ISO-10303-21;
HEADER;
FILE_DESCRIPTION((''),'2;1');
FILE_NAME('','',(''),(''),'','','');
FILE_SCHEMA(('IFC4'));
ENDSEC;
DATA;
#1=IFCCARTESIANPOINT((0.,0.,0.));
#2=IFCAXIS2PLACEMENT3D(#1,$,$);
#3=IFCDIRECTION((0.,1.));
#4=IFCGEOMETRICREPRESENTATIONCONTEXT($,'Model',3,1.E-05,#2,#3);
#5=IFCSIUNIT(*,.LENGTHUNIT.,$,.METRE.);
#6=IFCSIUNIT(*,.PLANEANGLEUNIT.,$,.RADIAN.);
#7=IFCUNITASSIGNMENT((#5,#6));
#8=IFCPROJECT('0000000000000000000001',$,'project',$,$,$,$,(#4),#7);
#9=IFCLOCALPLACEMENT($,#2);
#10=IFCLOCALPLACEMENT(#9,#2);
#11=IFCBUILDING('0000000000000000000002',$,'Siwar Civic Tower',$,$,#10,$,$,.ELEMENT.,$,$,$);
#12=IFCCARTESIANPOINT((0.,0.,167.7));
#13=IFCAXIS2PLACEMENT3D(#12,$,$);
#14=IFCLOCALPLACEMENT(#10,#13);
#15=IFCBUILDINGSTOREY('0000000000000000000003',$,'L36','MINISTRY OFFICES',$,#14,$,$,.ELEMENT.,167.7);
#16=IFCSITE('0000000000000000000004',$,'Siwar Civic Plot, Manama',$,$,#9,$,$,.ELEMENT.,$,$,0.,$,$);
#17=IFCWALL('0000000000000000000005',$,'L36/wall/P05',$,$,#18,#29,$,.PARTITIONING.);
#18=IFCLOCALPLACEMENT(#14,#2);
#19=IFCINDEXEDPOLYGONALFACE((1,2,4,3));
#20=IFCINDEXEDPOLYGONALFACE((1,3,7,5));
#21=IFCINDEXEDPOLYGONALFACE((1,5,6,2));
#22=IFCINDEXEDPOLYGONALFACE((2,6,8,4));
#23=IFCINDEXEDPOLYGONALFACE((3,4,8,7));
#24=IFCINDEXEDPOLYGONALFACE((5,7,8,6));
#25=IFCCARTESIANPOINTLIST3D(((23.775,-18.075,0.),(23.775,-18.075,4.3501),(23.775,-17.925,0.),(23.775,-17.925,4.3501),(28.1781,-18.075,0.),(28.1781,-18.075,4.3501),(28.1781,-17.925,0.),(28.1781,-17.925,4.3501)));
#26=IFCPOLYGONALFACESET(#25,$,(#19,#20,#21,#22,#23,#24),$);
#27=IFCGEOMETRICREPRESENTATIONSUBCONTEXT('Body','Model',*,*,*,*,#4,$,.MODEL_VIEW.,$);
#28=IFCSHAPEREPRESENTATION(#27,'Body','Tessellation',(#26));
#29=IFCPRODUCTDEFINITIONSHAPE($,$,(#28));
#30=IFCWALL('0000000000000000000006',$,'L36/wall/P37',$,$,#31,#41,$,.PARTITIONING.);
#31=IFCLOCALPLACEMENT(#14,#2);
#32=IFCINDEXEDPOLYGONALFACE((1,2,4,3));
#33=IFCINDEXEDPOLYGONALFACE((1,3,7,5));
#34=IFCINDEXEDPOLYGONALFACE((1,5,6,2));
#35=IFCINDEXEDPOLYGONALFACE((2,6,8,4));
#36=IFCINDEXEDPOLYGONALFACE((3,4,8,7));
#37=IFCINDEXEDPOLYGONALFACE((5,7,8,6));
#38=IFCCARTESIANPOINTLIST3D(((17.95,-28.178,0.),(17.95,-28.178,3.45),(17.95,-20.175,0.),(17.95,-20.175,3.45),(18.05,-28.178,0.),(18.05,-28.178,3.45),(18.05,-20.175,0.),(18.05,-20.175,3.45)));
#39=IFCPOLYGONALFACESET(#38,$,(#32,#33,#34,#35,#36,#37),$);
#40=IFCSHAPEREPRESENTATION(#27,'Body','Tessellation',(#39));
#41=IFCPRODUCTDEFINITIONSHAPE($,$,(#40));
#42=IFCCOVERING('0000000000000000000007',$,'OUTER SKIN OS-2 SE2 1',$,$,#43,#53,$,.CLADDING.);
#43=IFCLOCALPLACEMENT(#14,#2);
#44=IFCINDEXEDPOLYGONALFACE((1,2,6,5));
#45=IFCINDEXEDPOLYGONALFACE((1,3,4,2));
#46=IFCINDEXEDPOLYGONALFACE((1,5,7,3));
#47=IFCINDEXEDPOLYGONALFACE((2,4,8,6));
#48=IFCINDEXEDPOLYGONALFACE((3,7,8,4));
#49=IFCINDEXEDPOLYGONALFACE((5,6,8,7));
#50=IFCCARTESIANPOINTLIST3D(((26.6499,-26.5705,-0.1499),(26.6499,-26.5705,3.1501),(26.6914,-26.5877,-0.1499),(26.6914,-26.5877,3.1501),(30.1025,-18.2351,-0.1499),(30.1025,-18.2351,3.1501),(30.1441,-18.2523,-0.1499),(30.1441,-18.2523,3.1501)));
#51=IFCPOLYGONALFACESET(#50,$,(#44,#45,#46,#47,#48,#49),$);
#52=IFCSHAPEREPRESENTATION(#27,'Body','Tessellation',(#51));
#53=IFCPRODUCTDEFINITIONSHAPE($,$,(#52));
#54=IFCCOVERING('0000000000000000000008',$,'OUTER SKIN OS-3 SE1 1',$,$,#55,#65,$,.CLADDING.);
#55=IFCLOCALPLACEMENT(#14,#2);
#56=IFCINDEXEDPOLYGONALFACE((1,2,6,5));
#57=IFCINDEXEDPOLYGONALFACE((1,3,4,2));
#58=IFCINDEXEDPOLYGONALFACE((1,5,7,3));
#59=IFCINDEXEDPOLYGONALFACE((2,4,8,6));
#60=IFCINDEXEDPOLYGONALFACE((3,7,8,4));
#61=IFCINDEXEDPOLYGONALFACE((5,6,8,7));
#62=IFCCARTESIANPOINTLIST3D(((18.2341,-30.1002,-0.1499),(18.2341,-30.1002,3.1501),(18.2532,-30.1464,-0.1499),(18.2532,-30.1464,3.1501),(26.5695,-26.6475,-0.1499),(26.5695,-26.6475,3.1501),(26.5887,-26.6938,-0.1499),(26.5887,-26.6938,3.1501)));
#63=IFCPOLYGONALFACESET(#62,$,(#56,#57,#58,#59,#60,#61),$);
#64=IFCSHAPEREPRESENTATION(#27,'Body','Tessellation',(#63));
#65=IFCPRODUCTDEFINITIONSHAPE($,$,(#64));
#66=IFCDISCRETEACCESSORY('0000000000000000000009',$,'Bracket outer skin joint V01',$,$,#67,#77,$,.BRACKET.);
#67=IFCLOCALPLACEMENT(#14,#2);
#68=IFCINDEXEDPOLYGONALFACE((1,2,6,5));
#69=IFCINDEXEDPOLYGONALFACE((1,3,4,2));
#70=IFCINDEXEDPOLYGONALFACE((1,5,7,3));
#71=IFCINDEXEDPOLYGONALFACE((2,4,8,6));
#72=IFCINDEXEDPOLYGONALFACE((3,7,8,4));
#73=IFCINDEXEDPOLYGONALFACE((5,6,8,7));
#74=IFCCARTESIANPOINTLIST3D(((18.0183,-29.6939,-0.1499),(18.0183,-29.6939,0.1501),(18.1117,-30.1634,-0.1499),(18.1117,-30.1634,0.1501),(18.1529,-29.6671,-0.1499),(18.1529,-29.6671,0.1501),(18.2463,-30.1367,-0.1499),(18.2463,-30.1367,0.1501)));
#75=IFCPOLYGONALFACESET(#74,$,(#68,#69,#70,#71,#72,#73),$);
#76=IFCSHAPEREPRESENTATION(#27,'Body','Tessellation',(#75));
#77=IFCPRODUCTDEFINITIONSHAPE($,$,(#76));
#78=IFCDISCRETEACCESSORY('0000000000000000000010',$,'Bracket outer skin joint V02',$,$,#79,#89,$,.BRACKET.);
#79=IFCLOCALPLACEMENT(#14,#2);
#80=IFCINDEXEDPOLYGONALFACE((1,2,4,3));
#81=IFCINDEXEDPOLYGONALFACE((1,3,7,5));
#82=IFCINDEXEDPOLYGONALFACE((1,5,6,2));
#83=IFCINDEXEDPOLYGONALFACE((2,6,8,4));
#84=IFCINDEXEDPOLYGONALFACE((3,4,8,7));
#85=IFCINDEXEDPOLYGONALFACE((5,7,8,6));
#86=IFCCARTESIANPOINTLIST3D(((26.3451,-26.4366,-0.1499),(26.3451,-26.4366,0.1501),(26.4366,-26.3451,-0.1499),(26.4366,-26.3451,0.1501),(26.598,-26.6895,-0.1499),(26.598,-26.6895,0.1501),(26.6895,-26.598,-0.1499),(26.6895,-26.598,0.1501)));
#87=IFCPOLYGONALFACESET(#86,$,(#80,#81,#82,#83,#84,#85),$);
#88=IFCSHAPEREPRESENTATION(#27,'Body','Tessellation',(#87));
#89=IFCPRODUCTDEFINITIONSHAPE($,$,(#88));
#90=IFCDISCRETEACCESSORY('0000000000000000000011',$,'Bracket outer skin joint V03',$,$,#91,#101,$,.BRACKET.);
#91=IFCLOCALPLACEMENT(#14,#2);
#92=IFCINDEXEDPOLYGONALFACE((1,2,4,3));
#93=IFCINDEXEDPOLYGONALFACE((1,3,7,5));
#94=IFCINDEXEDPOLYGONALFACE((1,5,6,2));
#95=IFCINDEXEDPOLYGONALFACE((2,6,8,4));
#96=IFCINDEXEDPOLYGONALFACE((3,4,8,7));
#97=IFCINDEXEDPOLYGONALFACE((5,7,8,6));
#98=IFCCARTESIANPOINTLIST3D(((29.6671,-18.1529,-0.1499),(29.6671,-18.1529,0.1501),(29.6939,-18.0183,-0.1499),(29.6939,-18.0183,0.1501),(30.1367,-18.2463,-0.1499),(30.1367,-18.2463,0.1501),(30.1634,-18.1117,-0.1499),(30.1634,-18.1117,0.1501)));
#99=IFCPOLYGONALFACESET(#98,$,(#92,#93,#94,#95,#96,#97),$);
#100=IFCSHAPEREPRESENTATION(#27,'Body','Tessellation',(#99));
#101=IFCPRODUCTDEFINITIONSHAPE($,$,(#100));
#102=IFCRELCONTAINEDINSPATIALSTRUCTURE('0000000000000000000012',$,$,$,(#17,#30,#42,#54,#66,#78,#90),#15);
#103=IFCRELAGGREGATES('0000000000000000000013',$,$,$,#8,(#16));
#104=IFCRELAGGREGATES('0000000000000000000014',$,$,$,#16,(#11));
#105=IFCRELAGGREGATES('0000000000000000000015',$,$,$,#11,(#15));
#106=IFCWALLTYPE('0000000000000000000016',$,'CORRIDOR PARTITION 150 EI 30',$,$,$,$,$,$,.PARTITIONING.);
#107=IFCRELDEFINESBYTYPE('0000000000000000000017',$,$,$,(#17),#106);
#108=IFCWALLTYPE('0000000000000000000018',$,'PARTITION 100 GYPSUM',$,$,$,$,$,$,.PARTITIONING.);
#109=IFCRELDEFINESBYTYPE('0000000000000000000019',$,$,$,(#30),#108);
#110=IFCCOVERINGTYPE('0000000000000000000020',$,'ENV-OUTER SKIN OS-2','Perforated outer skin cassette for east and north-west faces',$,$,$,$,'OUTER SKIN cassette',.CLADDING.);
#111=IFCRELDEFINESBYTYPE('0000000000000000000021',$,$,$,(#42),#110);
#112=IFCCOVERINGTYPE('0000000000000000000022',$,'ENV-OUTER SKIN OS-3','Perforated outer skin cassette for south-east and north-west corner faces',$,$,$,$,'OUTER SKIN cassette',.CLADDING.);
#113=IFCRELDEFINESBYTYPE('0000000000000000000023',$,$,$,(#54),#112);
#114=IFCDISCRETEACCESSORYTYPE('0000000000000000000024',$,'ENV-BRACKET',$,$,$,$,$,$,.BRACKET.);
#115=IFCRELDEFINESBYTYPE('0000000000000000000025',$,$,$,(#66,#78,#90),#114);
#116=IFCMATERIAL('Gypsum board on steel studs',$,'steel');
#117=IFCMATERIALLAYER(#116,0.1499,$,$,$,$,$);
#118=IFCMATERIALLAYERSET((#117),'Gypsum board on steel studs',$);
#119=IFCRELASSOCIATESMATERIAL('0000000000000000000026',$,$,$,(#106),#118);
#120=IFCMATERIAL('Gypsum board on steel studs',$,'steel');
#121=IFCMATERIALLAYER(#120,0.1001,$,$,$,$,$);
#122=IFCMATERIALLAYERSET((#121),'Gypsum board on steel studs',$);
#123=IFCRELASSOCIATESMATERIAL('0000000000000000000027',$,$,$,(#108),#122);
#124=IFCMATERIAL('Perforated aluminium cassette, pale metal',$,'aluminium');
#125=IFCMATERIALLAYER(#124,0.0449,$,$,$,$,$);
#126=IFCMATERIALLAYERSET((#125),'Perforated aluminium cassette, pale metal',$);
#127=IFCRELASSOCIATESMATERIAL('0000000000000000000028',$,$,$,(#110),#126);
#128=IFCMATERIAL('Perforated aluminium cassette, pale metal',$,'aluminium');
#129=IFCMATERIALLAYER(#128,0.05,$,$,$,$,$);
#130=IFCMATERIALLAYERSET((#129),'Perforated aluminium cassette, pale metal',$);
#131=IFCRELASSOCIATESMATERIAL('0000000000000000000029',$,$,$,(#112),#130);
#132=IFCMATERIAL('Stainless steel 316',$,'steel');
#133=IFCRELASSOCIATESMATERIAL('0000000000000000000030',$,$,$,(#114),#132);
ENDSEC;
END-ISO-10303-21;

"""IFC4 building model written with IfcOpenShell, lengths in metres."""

from ifc_helpers import new_model, si_unit, direction, frame, frame_2d, origin, origin_2d, place, context, subcontext, project, spatial, rectangle, extrude, material, layer, layer_set, type_object, element, save


model = new_model("IFC4")

# Units and contexts
model_context = context("Model", 3, precision=1e-05, world=origin(), true_north=direction((0.0, 1.0)))
body_context = subcontext(model_context, "Body", "Model", "MODEL_VIEW")
ifc_project = project(units=[si_unit("LENGTHUNIT", "METRE"), si_unit("PLANEANGLEUNIT", "RADIAN")], contexts=[model_context])

# Site, building, storey
site_placement = place(None, origin())
site = spatial("IfcSite", under=ifc_project, at=site_placement, Name="Siwar Civic Plot, Manama", CompositionType="ELEMENT", RefElevation=0.0)
building_placement = place(site_placement, origin())
building = spatial("IfcBuilding", under=site, at=building_placement, Name="Siwar Civic Tower", CompositionType="ELEMENT")
storey_placement = place(building_placement, frame((0.0, 0.0, 167.7)))
storey = spatial("IfcBuildingStorey", under=building, at=storey_placement, Name="L36", Description="MINISTRY OFFICES", CompositionType="ELEMENT", Elevation=167.7)

# Walls
ifc_material_1 = material(Name="Gypsum board on steel studs", Category="steel")
ifc_layer_1 = layer(ifc_material_1, 0.1499)
ifc_layer_set_1 = layer_set([ifc_layer_1], Name="Gypsum board on steel studs")
wall_type_1 = type_object("IfcWallType", Name="CORRIDOR PARTITION 150 EI 30", PredefinedType="PARTITIONING", material=ifc_layer_set_1)
wall_1_placement = place(storey_placement, frame((23.7749, -18.0, 0.0), z_axis=(0.0, 0.0, 1.0), x_axis=(1.0, 0.0, 0.0)))
element("IfcWall", 1, at=wall_1_placement, inside=storey, type_object=wall_type_1, Name="L36/wall/P05", PredefinedType="PARTITIONING", context=body_context, shape_type="SweptSolid", body=[
    extrude(rectangle(XDim=4.4031, YDim=0.1499, at=frame_2d((2.2017, 0.0))), origin(), (0.0, 0.0, 1.0), 4.3501),
])
ifc_material_2 = material(Name="Gypsum board on steel studs", Category="steel")
ifc_layer_2 = layer(ifc_material_2, 0.1001)
ifc_layer_set_2 = layer_set([ifc_layer_2], Name="Gypsum board on steel studs")
wall_type_2 = type_object("IfcWallType", Name="PARTITION 100 GYPSUM", PredefinedType="PARTITIONING", material=ifc_layer_set_2)
wall_2_placement = place(storey_placement, frame((18.0, -28.178, 0.0), z_axis=(0.0, 0.0, 1.0), x_axis=(0.0, 1.0, 0.0)))
element("IfcWall", 2, at=wall_2_placement, inside=storey, type_object=wall_type_2, Name="L36/wall/P37", PredefinedType="PARTITIONING", context=body_context, shape_type="SweptSolid", body=[
    extrude(rectangle(XDim=8.0029, YDim=0.1001, at=frame_2d((4.0015, 0.0))), origin(), (0.0, 0.0, 1.0), 3.45),
])

# Coverings
ifc_material_3 = material(Name="Perforated aluminium cassette, pale metal", Category="aluminium")
ifc_layer_3 = layer(ifc_material_3, 0.0449)
ifc_layer_set_3 = layer_set([ifc_layer_3], Name="Perforated aluminium cassette, pale metal")
covering_type_1 = type_object("IfcCoveringType", Name="ENV-OUTER SKIN OS-2", Description="Perforated outer skin cassette for east and north-west faces", ElementType="OUTER SKIN cassette", PredefinedType="CLADDING", material=ifc_layer_set_3)
covering_1_placement = place(storey_placement, frame((28.397, -22.4114, -0.1499), z_axis=(0.0, 0.0, 1.0), x_axis=(0.382683, 0.92388, 0.0)))
element("IfcCovering", 3, at=covering_1_placement, inside=storey, type_object=covering_type_1, Name="OUTER SKIN OS-2 SE2 1", PredefinedType="CLADDING", context=body_context, shape_type="SweptSolid", body=[
    extrude(rectangle(XDim=9.0222, YDim=0.0449, at=origin_2d()), origin(), (0.0, 0.0, 1.0), 3.3),
])
ifc_material_4 = material(Name="Perforated aluminium cassette, pale metal", Category="aluminium")
ifc_layer_4 = layer(ifc_material_4, 0.05)
ifc_layer_set_4 = layer_set([ifc_layer_4], Name="Perforated aluminium cassette, pale metal")
covering_type_2 = type_object("IfcCoveringType", Name="ENV-OUTER SKIN OS-3", Description="Perforated outer skin cassette for south-east and north-west corner faces", ElementType="OUTER SKIN cassette", PredefinedType="CLADDING", material=ifc_layer_set_4)
covering_2_placement = place(storey_placement, frame((22.4114, -28.397, -0.1499), z_axis=(0.0, 0.0, 1.0), x_axis=(0.92388, 0.382683, 0.0)))
element("IfcCovering", 4, at=covering_2_placement, inside=storey, type_object=covering_type_2, Name="OUTER SKIN OS-3 SE1 1", PredefinedType="CLADDING", context=body_context, shape_type="SweptSolid", body=[
    extrude(rectangle(XDim=9.0222, YDim=0.05, at=origin_2d()), origin(), (0.0, 0.0, 1.0), 3.3),
])

# Discrete accessories
ifc_material_5 = material(Name="Stainless steel 316", Category="steel")
discrete_accessory_type = type_object("IfcDiscreteAccessoryType", Name="ENV-BRACKET", PredefinedType="BRACKET", material=ifc_material_5)
discrete_accessory_1_placement = place(storey_placement, frame((18.1323, -29.9153, -0.1499), z_axis=(0.0, 0.0, 1.0), x_axis=(0.19509, -0.980785, 0.0)))
element("IfcDiscreteAccessory", 5, at=discrete_accessory_1_placement, inside=storey, type_object=discrete_accessory_type, Name="Bracket outer skin joint V01", PredefinedType="BRACKET", context=body_context, shape_type="SweptSolid", body=[
    extrude(rectangle(XDim=0.4788, YDim=0.1372, at=origin_2d()), origin(), (0.0, 0.0, 1.0), 0.3),
])
discrete_accessory_2_placement = place(storey_placement, frame((26.5173, -26.5173, -0.1499), z_axis=(0.0, 0.0, 1.0), x_axis=(0.707107, -0.707107, 0.0)))
element("IfcDiscreteAccessory", 6, at=discrete_accessory_2_placement, inside=storey, type_object=discrete_accessory_type, Name="Bracket outer skin joint V02", PredefinedType="BRACKET", context=body_context, shape_type="SweptSolid", body=[
    extrude(rectangle(XDim=0.3577, YDim=0.1294, at=origin_2d()), origin(), (0.0, 0.0, 1.0), 0.3),
])
discrete_accessory_3_placement = place(storey_placement, frame((29.9153, -18.1323, -0.1499), z_axis=(0.0, 0.0, 1.0), x_axis=(0.980785, -0.19509, 0.0)))
element("IfcDiscreteAccessory", 7, at=discrete_accessory_3_placement, inside=storey, type_object=discrete_accessory_type, Name="Bracket outer skin joint V03", PredefinedType="BRACKET", context=body_context, shape_type="SweptSolid", body=[
    extrude(rectangle(XDim=0.4788, YDim=0.1372, at=origin_2d()), origin(), (0.0, 0.0, 1.0), 0.3),
])

save(model, "model.ifc")
